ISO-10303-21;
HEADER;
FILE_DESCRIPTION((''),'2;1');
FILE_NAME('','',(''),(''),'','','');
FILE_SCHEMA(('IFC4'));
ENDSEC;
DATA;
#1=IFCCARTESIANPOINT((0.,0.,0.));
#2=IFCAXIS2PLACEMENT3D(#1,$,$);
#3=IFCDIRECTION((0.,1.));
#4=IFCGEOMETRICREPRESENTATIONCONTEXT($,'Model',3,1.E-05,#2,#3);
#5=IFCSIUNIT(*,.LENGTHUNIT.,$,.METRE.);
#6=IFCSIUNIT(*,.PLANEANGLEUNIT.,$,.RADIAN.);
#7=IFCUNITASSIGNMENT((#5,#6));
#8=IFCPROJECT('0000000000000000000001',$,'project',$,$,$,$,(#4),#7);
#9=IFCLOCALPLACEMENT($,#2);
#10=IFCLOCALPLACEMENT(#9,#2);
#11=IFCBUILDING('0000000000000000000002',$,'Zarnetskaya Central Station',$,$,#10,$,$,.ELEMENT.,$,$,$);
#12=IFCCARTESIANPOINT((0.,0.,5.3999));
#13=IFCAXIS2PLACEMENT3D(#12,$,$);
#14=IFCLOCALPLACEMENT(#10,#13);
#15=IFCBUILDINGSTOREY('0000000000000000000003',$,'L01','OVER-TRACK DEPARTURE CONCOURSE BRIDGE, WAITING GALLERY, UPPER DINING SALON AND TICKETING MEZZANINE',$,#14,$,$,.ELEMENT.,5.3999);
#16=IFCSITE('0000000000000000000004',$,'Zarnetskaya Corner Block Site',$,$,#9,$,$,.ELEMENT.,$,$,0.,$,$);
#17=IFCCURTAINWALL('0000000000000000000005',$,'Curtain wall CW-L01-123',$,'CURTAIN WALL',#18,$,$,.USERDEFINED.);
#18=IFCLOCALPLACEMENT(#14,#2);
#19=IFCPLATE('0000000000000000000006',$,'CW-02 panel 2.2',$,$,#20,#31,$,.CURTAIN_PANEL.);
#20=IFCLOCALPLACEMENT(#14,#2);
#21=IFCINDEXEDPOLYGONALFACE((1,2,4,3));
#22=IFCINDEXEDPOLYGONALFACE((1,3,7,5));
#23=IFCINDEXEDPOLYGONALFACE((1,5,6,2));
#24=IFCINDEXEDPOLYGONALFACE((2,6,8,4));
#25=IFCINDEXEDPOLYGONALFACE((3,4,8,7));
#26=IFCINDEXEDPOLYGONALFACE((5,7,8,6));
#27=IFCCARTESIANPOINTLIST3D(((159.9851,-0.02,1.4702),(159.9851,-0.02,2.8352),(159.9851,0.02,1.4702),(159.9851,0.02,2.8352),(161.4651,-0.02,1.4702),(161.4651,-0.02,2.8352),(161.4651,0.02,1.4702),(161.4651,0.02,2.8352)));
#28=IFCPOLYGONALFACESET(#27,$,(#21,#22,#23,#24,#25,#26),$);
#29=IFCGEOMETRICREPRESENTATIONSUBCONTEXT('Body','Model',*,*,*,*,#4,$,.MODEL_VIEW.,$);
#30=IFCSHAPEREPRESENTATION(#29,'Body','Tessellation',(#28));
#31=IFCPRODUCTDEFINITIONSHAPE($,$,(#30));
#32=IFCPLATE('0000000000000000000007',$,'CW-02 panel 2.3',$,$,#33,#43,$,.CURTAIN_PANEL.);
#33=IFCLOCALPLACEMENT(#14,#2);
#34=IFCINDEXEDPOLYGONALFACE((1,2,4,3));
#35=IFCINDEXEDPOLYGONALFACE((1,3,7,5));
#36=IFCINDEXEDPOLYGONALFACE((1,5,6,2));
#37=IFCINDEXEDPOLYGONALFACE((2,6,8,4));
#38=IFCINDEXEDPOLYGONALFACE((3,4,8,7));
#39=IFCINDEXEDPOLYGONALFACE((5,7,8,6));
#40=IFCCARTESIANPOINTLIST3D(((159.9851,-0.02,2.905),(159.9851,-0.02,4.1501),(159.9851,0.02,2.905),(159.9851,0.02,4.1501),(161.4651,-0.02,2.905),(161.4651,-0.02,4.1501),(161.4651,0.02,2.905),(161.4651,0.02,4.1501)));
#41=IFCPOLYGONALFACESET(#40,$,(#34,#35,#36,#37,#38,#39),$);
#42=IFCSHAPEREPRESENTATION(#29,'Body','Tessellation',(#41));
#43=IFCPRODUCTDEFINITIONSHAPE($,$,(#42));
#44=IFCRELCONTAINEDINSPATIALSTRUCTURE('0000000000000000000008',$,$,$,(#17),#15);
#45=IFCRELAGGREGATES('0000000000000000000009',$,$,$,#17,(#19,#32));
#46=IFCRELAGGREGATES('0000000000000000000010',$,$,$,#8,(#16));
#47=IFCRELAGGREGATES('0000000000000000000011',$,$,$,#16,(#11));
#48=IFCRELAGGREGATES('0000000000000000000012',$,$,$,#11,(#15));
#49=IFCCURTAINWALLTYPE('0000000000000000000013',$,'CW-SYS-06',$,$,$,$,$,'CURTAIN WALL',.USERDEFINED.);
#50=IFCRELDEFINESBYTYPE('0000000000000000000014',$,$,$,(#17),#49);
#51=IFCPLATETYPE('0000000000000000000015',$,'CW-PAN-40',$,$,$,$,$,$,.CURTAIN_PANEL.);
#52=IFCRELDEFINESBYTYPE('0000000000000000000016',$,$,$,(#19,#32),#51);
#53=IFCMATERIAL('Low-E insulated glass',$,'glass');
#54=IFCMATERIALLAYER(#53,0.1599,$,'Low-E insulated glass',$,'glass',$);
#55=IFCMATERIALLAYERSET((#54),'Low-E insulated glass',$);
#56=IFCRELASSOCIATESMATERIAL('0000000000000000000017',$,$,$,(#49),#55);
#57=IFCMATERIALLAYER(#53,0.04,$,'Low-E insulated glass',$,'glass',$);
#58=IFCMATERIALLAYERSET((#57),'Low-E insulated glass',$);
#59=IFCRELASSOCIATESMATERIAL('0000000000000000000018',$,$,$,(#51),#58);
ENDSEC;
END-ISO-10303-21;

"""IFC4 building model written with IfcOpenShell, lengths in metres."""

from ifc_helpers import new_model, si_unit, direction, frame, origin, origin_2d, place, context, subcontext, project, spatial, rectangle, extrude, material, layer, layer_set, type_object, element, aggregate, save


model = new_model("IFC4")

# Units and contexts
model_context = context("Model", 3, precision=1e-05, world=origin(), true_north=direction((0.0, 1.0)))
body_context = subcontext(model_context, "Body", "Model", "MODEL_VIEW")
ifc_project = project(units=[si_unit("LENGTHUNIT", "METRE"), si_unit("PLANEANGLEUNIT", "RADIAN")], contexts=[model_context])

# Site, building, storey
site_placement = place(None, origin())
site = spatial("IfcSite", under=ifc_project, at=site_placement, Name="Zarnetskaya Corner Block Site", CompositionType="ELEMENT", RefElevation=0.0)
building_placement = place(site_placement, origin())
building = spatial("IfcBuilding", under=site, at=building_placement, Name="Zarnetskaya Central Station", CompositionType="ELEMENT")
storey_placement = place(building_placement, frame((0.0, 0.0, 5.3999)))
storey = spatial("IfcBuildingStorey", under=building, at=storey_placement, Name="L01", Description="OVER-TRACK DEPARTURE CONCOURSE BRIDGE, WAITING GALLERY, UPPER DINING SALON AND TICKETING MEZZANINE", CompositionType="ELEMENT", Elevation=5.3999)

# Curtain wall
ifc_material_1 = material(Name="Low-E insulated glass", Category="glass")
ifc_layer_1 = layer(ifc_material_1, 0.1599, Name="Low-E insulated glass", Category="glass")
ifc_layer_set_1 = layer_set([ifc_layer_1], Name="Low-E insulated glass")
curtain_wall_type = type_object("IfcCurtainWallType", Name="CW-SYS-06", ElementType="CURTAIN WALL", PredefinedType="USERDEFINED", material=ifc_layer_set_1)
curtain_wall_1_placement = place(storey_placement, origin())
curtain_wall_1 = element("IfcCurtainWall", 1, at=curtain_wall_1_placement, inside=storey, type_object=curtain_wall_type, Name="Curtain wall CW-L01-123", ObjectType="CURTAIN WALL", PredefinedType="USERDEFINED")

# Plates
ifc_layer_2 = layer(ifc_material_1, 0.04, Name="Low-E insulated glass", Category="glass")
ifc_layer_set_2 = layer_set([ifc_layer_2], Name="Low-E insulated glass")
plate_type_1 = type_object("IfcPlateType", Name="CW-PAN-40", PredefinedType="CURTAIN_PANEL", material=ifc_layer_set_2)
plate_1_placement = place(storey_placement, frame((160.7251, 0.0, 1.4702), z_axis=(0.0, 0.0, 1.0), x_axis=(-1.0, 0.0, 0.0)))
plate_1 = element("IfcPlate", 2, at=plate_1_placement, type_object=plate_type_1, Name="CW-02 panel 2.2", PredefinedType="CURTAIN_PANEL", context=body_context, shape_type="SweptSolid", body=[
    extrude(rectangle(XDim=1.48, YDim=0.04, at=origin_2d()), origin(), (0.0, 0.0, 1.0), 1.365),
])
plate_2_placement = place(storey_placement, frame((160.7251, 0.0, 2.905), z_axis=(0.0, 0.0, 1.0), x_axis=(-1.0, 0.0, 0.0)))
plate_2 = element("IfcPlate", 3, at=plate_2_placement, type_object=plate_type_1, Name="CW-02 panel 2.3", PredefinedType="CURTAIN_PANEL", context=body_context, shape_type="SweptSolid", body=[
    extrude(rectangle(XDim=1.48, YDim=0.04, at=origin_2d()), origin(), (0.0, 0.0, 1.0), 1.2451),
])
aggregate(curtain_wall_1, [plate_1, plate_2])

save(model, "model.ifc")
